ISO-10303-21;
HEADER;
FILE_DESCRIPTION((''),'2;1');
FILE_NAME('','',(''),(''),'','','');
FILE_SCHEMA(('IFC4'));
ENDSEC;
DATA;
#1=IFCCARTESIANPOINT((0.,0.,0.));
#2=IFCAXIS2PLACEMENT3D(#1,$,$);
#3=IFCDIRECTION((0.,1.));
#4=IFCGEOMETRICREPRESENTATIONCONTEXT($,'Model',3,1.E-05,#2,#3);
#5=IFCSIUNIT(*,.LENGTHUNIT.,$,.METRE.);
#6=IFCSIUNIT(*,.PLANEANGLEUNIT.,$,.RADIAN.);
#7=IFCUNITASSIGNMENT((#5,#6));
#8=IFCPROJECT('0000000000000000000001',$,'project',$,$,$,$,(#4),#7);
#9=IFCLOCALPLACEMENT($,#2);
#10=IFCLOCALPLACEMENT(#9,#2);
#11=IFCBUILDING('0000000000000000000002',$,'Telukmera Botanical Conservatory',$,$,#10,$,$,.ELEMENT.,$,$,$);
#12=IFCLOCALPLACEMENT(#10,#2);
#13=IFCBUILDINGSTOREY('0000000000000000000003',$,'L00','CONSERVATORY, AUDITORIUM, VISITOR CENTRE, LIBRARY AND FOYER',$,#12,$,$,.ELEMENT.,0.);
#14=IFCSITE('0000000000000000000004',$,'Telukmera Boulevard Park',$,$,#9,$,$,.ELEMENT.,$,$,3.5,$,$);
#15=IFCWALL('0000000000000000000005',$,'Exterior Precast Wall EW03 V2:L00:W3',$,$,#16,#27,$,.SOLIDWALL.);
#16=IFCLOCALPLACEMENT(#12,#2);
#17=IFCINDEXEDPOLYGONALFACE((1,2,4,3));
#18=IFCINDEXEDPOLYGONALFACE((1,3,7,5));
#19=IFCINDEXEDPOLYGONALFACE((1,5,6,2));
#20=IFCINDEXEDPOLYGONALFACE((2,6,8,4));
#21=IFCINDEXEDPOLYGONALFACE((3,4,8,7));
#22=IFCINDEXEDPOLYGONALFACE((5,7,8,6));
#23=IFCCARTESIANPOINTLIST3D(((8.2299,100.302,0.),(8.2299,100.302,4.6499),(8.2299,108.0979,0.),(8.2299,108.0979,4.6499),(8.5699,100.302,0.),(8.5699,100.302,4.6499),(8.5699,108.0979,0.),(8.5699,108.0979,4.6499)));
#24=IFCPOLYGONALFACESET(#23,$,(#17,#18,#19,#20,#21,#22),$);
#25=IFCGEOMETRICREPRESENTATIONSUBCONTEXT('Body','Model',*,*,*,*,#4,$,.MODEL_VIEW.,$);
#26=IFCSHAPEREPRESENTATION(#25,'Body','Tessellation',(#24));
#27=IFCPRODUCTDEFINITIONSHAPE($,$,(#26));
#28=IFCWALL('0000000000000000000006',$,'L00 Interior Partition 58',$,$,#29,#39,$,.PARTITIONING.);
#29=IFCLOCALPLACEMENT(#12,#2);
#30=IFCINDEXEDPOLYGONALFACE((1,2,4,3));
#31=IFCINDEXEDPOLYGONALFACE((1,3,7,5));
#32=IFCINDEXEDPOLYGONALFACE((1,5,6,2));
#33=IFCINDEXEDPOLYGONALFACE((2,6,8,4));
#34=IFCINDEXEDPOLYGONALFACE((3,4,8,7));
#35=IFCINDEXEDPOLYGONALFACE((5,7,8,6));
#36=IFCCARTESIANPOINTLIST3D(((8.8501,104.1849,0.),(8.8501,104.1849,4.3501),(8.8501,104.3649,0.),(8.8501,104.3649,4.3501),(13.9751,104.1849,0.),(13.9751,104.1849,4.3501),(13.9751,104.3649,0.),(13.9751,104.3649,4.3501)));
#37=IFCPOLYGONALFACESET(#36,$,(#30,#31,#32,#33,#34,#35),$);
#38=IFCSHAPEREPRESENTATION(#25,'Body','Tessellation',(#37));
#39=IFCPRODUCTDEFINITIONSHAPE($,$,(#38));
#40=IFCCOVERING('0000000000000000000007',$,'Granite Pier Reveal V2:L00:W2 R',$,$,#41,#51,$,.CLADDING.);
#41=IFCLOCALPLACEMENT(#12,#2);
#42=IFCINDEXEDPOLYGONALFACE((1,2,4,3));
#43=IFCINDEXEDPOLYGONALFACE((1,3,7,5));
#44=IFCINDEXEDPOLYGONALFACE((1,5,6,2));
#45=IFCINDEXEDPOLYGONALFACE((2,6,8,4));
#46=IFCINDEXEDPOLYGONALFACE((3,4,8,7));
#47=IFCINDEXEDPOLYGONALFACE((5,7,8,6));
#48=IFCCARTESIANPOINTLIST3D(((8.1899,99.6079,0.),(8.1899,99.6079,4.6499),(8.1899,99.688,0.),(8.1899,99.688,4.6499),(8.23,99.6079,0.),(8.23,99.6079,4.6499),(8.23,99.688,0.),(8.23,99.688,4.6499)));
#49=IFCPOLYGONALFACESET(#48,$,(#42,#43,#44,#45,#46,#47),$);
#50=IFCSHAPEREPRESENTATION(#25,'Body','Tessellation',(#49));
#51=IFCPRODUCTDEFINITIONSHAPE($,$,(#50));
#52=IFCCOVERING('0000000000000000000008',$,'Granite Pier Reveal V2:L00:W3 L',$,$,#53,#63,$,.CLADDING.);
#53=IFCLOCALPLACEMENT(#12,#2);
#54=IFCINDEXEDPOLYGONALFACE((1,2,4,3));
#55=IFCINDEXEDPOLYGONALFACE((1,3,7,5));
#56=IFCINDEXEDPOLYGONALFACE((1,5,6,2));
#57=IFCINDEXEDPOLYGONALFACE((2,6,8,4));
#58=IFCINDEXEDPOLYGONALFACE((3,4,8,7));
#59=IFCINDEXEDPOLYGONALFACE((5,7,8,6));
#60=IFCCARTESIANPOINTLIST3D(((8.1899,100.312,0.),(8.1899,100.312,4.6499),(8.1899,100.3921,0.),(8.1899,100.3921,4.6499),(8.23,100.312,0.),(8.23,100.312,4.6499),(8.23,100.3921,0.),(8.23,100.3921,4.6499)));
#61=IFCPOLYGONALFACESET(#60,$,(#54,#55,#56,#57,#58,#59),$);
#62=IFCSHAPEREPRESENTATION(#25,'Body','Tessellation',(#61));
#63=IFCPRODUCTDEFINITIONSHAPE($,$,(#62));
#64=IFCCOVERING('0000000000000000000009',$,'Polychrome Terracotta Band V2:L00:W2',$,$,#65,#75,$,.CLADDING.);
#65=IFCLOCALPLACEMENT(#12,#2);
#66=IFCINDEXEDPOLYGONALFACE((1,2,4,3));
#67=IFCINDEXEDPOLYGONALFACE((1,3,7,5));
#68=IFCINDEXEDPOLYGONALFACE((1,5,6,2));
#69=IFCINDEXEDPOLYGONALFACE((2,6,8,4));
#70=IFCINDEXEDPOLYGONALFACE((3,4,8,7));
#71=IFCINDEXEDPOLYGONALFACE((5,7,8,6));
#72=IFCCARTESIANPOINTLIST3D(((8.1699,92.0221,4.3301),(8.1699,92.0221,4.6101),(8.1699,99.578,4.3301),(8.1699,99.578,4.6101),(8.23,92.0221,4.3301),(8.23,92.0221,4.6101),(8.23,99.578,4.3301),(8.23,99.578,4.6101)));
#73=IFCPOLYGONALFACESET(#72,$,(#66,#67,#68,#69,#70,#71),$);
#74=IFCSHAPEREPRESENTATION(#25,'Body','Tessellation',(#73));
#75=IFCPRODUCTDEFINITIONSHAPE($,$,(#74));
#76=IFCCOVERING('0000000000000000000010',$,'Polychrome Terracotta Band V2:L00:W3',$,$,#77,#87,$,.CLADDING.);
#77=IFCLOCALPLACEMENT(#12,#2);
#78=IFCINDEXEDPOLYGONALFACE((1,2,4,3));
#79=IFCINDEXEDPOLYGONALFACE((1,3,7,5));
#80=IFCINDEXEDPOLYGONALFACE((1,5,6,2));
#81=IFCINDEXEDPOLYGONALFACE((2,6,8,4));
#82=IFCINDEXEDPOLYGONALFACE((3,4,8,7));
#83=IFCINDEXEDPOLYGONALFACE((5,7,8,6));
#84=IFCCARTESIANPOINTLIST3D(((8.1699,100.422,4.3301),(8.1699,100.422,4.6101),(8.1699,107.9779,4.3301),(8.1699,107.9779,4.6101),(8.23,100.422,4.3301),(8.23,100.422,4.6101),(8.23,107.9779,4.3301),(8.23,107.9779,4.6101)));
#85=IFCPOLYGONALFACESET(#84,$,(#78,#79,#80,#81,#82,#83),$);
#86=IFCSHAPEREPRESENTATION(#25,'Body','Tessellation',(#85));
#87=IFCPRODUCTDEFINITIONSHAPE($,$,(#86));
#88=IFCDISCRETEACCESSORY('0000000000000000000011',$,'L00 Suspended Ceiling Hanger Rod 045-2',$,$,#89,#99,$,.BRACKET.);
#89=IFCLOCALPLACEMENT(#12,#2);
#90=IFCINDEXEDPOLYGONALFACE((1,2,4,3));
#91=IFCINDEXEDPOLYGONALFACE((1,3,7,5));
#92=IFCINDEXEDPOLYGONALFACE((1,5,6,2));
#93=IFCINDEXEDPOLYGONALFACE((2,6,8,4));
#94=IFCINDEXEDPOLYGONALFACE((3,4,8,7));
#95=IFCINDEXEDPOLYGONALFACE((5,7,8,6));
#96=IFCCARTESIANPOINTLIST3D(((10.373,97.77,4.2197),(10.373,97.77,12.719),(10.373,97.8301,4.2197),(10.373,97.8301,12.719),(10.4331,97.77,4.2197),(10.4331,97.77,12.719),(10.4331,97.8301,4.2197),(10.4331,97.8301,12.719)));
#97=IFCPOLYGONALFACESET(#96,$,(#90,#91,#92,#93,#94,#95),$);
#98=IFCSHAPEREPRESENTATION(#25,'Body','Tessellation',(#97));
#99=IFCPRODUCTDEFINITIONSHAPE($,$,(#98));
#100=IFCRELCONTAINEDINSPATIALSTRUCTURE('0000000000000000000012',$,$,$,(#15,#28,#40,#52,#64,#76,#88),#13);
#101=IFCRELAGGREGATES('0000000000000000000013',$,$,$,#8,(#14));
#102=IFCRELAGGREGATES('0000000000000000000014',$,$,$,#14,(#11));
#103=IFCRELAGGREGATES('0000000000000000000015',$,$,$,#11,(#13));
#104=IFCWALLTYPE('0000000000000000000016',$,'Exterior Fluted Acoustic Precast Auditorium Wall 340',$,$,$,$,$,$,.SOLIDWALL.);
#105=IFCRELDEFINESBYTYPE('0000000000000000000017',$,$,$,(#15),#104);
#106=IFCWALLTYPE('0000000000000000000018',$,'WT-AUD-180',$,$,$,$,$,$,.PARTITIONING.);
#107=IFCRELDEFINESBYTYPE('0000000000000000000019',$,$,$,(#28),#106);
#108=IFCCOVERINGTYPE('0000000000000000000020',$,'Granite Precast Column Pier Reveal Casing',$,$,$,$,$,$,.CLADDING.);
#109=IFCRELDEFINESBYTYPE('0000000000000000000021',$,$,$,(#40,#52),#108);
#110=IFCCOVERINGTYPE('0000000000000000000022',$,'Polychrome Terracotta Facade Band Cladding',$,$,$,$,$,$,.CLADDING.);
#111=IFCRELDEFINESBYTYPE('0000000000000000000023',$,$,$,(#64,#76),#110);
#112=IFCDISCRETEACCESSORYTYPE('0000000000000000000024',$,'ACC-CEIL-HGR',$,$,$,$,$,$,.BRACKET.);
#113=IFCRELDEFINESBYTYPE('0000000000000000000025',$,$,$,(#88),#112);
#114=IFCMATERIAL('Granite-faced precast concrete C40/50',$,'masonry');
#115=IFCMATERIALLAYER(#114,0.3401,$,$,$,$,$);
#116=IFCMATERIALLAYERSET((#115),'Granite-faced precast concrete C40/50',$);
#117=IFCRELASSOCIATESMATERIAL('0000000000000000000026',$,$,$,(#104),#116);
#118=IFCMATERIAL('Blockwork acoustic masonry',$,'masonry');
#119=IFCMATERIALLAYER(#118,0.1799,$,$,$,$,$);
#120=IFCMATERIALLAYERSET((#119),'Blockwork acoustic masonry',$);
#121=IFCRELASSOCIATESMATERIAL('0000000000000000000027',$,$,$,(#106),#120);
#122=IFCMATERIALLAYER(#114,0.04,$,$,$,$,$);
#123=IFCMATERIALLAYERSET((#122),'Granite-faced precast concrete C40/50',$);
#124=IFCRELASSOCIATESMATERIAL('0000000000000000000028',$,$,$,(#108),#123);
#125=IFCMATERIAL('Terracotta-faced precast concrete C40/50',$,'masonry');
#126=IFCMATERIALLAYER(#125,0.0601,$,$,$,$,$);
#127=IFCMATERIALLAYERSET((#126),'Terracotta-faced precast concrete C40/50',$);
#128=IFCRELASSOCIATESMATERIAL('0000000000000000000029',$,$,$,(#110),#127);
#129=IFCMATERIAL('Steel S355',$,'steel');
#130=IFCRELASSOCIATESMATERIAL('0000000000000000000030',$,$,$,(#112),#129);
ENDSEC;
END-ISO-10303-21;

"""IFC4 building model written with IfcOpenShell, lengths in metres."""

from ifc_helpers import new_model, si_unit, direction, frame, frame_2d, origin, origin_2d, place, context, subcontext, project, spatial, rectangle, extrude, material, layer, layer_set, type_object, element, save


model = new_model("IFC4")

# Units and contexts
model_context = context("Model", 3, precision=1e-05, world=origin(), true_north=direction((0.0, 1.0)))
body_context = subcontext(model_context, "Body", "Model", "MODEL_VIEW")
ifc_project = project(units=[si_unit("LENGTHUNIT", "METRE"), si_unit("PLANEANGLEUNIT", "RADIAN")], contexts=[model_context])

# Site, building, storey
site_placement = place(None, origin())
site = spatial("IfcSite", under=ifc_project, at=site_placement, Name="Telukmera Boulevard Park", CompositionType="ELEMENT", RefElevation=3.5)
building_placement = place(site_placement, origin())
building = spatial("IfcBuilding", under=site, at=building_placement, Name="Telukmera Botanical Conservatory", CompositionType="ELEMENT")
storey_placement = place(building_placement, origin())
storey = spatial("IfcBuildingStorey", under=building, at=storey_placement, Name="L00", Description="CONSERVATORY, AUDITORIUM, VISITOR CENTRE, LIBRARY AND FOYER", CompositionType="ELEMENT", Elevation=0.0)

# Shared definitions
ifc_material_1 = material(Name="Steel S355", Category="steel")

# Walls
ifc_material_2 = material(Name="Granite-faced precast concrete C40/50", Category="masonry")
ifc_layer_1 = layer(ifc_material_2, 0.3401)
ifc_layer_set_1 = layer_set([ifc_layer_1], Name="Granite-faced precast concrete C40/50")
wall_type_1 = type_object("IfcWallType", Name="Exterior Fluted Acoustic Precast Auditorium Wall 340", PredefinedType="SOLIDWALL", material=ifc_layer_set_1)
wall_1_placement = place(storey_placement, frame((8.3999, 100.302, 0.0), z_axis=(0.0, 0.0, 1.0), x_axis=(0.0, 1.0, 0.0)))
element("IfcWall", 1, at=wall_1_placement, inside=storey, type_object=wall_type_1, Name="Exterior Precast Wall EW03 V2:L00:W3", PredefinedType="SOLIDWALL", context=body_context, shape_type="SweptSolid", body=[
    extrude(rectangle(XDim=7.7959, YDim=0.3401, at=frame_2d((3.8979, 0.0))), origin(), (0.0, 0.0, 1.0), 4.6499),
])
ifc_material_3 = material(Name="Blockwork acoustic masonry", Category="masonry")
ifc_layer_2 = layer(ifc_material_3, 0.1799)
ifc_layer_set_2 = layer_set([ifc_layer_2], Name="Blockwork acoustic masonry")
wall_type_2 = type_object("IfcWallType", Name="WT-AUD-180", PredefinedType="PARTITIONING", material=ifc_layer_set_2)
wall_2_placement = place(storey_placement, frame((8.8501, 104.2749, 0.0), z_axis=(0.0, 0.0, 1.0), x_axis=(1.0, 0.0, 0.0)))
element("IfcWall", 2, at=wall_2_placement, inside=storey, type_object=wall_type_2, Name="L00 Interior Partition 58", PredefinedType="PARTITIONING", context=body_context, shape_type="SweptSolid", body=[
    extrude(rectangle(XDim=5.125, YDim=0.1799, at=frame_2d((2.5625, 0.0))), origin(), (0.0, 0.0, 1.0), 4.3501),
])

# Coverings
ifc_layer_3 = layer(ifc_material_2, 0.04)
ifc_layer_set_3 = layer_set([ifc_layer_3], Name="Granite-faced precast concrete C40/50")
covering_type_1 = type_object("IfcCoveringType", Name="Granite Precast Column Pier Reveal Casing", PredefinedType="CLADDING", material=ifc_layer_set_3)
for number, where, z_axis, x_axis, name in (
    (3, (8.21, 99.6479, 0.0), (0.0, 0.0, 1.0), (0.0, 1.0, 0.0), "Granite Pier Reveal V2:L00:W2 R"),
    (4, (8.21, 100.3521, 0.0), (0.0, 0.0, 1.0), (0.0, 1.0, 0.0), "Granite Pier Reveal V2:L00:W3 L"),
):
    element("IfcCovering", number, at=place(storey_placement, frame(where, z_axis=z_axis, x_axis=x_axis)), inside=storey, type_object=covering_type_1, Name=name, PredefinedType="CLADDING", context=body_context, shape_type="SweptSolid", body=[
        extrude(rectangle(XDim=0.0801, YDim=0.04, at=origin_2d()), origin(), (0.0, 0.0, 1.0), 4.6499),
    ])
ifc_material_4 = material(Name="Terracotta-faced precast concrete C40/50", Category="masonry")
ifc_layer_4 = layer(ifc_material_4, 0.0601)
ifc_layer_set_4 = layer_set([ifc_layer_4], Name="Terracotta-faced precast concrete C40/50")
covering_type_2 = type_object("IfcCoveringType", Name="Polychrome Terracotta Facade Band Cladding", PredefinedType="CLADDING", material=ifc_layer_set_4)
for number, where, z_axis, x_axis, name in (
    (5, (8.2, 95.8, 4.3301), (0.0, 0.0, 1.0), (0.0, 1.0, 0.0), "Polychrome Terracotta Band V2:L00:W2"),
    (6, (8.2, 104.2, 4.3301), (0.0, 0.0, 1.0), (0.0, 1.0, 0.0), "Polychrome Terracotta Band V2:L00:W3"),
):
    element("IfcCovering", number, at=place(storey_placement, frame(where, z_axis=z_axis, x_axis=x_axis)), inside=storey, type_object=covering_type_2, Name=name, PredefinedType="CLADDING", context=body_context, shape_type="SweptSolid", body=[
        extrude(rectangle(XDim=7.5559, YDim=0.0601, at=origin_2d()), origin(), (0.0, 0.0, 1.0), 0.28),
    ])

# Discrete accessory
discrete_accessory_type = type_object("IfcDiscreteAccessoryType", Name="ACC-CEIL-HGR", PredefinedType="BRACKET", material=ifc_material_1)
discrete_accessory_placement = place(storey_placement, frame((10.4031, 97.8, 4.2197), z_axis=(0.0, 0.0, 1.0), x_axis=(1.0, 0.0, 0.0)))
element("IfcDiscreteAccessory", 7, at=discrete_accessory_placement, inside=storey, type_object=discrete_accessory_type, Name="L00 Suspended Ceiling Hanger Rod 045-2", PredefinedType="BRACKET", context=body_context, shape_type="SweptSolid", body=[
    extrude(rectangle(XDim=0.0601, YDim=0.0601, at=origin_2d()), origin(), (0.0, 0.0, 1.0), 8.4993),
])

save(model, "model.ifc")
